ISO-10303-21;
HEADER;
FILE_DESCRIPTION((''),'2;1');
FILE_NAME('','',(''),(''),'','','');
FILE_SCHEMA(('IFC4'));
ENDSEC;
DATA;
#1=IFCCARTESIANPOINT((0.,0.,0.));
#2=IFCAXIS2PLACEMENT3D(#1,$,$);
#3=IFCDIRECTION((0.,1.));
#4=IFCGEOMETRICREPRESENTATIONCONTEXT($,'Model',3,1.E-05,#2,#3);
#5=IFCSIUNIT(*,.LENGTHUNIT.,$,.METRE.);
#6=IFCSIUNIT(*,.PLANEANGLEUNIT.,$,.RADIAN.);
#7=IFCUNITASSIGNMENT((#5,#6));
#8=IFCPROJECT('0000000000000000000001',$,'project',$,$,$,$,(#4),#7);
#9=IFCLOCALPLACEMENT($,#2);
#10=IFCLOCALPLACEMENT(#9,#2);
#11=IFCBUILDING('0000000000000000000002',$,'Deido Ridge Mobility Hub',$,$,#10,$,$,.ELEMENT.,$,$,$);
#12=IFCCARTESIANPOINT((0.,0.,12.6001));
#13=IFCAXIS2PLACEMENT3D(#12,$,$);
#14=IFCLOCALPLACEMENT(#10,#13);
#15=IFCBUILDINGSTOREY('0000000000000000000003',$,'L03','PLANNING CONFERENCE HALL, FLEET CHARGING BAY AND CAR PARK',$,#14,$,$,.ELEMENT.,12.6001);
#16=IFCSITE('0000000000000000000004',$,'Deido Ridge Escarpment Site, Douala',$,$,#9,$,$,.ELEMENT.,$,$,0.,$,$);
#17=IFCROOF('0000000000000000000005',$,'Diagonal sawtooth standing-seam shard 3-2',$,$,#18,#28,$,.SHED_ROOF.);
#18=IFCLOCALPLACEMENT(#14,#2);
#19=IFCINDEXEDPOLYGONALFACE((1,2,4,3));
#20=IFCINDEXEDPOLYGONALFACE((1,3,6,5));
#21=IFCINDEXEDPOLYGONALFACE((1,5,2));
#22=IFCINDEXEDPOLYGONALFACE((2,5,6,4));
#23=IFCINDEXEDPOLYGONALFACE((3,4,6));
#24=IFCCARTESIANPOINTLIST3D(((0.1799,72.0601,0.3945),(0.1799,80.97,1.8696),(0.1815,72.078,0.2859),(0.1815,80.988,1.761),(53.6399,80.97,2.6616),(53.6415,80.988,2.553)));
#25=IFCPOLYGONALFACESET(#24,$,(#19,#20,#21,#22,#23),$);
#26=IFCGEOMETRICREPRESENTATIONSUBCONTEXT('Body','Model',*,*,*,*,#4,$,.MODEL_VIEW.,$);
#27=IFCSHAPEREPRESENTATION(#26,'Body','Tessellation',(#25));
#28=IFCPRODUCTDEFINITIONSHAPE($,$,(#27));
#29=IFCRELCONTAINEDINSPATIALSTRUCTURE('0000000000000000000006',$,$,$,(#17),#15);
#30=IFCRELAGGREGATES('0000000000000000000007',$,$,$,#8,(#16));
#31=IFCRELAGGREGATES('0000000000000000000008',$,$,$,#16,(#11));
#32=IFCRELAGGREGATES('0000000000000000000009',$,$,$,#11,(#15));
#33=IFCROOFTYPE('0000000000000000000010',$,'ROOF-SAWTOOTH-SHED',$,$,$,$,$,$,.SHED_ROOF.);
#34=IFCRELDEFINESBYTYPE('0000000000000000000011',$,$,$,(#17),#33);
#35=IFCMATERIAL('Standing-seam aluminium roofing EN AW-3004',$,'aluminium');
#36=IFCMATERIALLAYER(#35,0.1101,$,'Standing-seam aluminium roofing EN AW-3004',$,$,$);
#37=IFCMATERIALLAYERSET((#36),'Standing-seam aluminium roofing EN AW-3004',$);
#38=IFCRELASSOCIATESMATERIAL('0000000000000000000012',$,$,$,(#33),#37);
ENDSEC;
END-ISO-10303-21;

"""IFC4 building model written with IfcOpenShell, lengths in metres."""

from ifc_helpers import new_model, si_unit, direction, frame, origin, place, context, subcontext, project, spatial, polyline, outline, extrude, material, layer, layer_set, type_object, element, save


model = new_model("IFC4")

# Units and contexts
model_context = context("Model", 3, precision=1e-05, world=origin(), true_north=direction((0.0, 1.0)))
body_context = subcontext(model_context, "Body", "Model", "MODEL_VIEW")
ifc_project = project(units=[si_unit("LENGTHUNIT", "METRE"), si_unit("PLANEANGLEUNIT", "RADIAN")], contexts=[model_context])

# Site, building, storey
site_placement = place(None, origin())
site = spatial("IfcSite", under=ifc_project, at=site_placement, Name="Deido Ridge Escarpment Site, Douala", CompositionType="ELEMENT", RefElevation=0.0)
building_placement = place(site_placement, origin())
building = spatial("IfcBuilding", under=site, at=building_placement, Name="Deido Ridge Mobility Hub", CompositionType="ELEMENT")
storey_placement = place(building_placement, frame((0.0, 0.0, 12.6001)))
storey = spatial("IfcBuildingStorey", under=building, at=storey_placement, Name="L03", Description="PLANNING CONFERENCE HALL, FLEET CHARGING BAY AND CAR PARK", CompositionType="ELEMENT", Elevation=12.6001)

# Roof
ifc_material_1 = material(Name="Standing-seam aluminium roofing EN AW-3004", Category="aluminium")
ifc_layer_1 = layer(ifc_material_1, 0.1101, Name="Standing-seam aluminium roofing EN AW-3004")
ifc_layer_set_1 = layer_set([ifc_layer_1], Name="Standing-seam aluminium roofing EN AW-3004")
roof_type = type_object("IfcRoofType", Name="ROOF-SAWTOOTH-SHED", PredefinedType="SHED_ROOF", material=ifc_layer_set_1)
roof_1_placement = place(storey_placement, frame((0.1799, 72.0601, 0.3945), z_axis=(-0.014614, -0.163316, 0.986466), x_axis=(0.985532, 0.164254, 0.041794)))
element("IfcRoof", 1, at=roof_1_placement, inside=storey, type_object=roof_type, Name="Diagonal sawtooth standing-seam shard 3-2", PredefinedType="SHED_ROOF", context=body_context, shape_type="SweptSolid", body=[
    extrude(outline(polyline([(0.0, 0.0), (54.2448, 0.0), (1.5251, 8.9015), (0.0, 0.0)])), origin(), (0.0, 0.0, -1.0), 0.1101),
])

save(model, "model.ifc")
